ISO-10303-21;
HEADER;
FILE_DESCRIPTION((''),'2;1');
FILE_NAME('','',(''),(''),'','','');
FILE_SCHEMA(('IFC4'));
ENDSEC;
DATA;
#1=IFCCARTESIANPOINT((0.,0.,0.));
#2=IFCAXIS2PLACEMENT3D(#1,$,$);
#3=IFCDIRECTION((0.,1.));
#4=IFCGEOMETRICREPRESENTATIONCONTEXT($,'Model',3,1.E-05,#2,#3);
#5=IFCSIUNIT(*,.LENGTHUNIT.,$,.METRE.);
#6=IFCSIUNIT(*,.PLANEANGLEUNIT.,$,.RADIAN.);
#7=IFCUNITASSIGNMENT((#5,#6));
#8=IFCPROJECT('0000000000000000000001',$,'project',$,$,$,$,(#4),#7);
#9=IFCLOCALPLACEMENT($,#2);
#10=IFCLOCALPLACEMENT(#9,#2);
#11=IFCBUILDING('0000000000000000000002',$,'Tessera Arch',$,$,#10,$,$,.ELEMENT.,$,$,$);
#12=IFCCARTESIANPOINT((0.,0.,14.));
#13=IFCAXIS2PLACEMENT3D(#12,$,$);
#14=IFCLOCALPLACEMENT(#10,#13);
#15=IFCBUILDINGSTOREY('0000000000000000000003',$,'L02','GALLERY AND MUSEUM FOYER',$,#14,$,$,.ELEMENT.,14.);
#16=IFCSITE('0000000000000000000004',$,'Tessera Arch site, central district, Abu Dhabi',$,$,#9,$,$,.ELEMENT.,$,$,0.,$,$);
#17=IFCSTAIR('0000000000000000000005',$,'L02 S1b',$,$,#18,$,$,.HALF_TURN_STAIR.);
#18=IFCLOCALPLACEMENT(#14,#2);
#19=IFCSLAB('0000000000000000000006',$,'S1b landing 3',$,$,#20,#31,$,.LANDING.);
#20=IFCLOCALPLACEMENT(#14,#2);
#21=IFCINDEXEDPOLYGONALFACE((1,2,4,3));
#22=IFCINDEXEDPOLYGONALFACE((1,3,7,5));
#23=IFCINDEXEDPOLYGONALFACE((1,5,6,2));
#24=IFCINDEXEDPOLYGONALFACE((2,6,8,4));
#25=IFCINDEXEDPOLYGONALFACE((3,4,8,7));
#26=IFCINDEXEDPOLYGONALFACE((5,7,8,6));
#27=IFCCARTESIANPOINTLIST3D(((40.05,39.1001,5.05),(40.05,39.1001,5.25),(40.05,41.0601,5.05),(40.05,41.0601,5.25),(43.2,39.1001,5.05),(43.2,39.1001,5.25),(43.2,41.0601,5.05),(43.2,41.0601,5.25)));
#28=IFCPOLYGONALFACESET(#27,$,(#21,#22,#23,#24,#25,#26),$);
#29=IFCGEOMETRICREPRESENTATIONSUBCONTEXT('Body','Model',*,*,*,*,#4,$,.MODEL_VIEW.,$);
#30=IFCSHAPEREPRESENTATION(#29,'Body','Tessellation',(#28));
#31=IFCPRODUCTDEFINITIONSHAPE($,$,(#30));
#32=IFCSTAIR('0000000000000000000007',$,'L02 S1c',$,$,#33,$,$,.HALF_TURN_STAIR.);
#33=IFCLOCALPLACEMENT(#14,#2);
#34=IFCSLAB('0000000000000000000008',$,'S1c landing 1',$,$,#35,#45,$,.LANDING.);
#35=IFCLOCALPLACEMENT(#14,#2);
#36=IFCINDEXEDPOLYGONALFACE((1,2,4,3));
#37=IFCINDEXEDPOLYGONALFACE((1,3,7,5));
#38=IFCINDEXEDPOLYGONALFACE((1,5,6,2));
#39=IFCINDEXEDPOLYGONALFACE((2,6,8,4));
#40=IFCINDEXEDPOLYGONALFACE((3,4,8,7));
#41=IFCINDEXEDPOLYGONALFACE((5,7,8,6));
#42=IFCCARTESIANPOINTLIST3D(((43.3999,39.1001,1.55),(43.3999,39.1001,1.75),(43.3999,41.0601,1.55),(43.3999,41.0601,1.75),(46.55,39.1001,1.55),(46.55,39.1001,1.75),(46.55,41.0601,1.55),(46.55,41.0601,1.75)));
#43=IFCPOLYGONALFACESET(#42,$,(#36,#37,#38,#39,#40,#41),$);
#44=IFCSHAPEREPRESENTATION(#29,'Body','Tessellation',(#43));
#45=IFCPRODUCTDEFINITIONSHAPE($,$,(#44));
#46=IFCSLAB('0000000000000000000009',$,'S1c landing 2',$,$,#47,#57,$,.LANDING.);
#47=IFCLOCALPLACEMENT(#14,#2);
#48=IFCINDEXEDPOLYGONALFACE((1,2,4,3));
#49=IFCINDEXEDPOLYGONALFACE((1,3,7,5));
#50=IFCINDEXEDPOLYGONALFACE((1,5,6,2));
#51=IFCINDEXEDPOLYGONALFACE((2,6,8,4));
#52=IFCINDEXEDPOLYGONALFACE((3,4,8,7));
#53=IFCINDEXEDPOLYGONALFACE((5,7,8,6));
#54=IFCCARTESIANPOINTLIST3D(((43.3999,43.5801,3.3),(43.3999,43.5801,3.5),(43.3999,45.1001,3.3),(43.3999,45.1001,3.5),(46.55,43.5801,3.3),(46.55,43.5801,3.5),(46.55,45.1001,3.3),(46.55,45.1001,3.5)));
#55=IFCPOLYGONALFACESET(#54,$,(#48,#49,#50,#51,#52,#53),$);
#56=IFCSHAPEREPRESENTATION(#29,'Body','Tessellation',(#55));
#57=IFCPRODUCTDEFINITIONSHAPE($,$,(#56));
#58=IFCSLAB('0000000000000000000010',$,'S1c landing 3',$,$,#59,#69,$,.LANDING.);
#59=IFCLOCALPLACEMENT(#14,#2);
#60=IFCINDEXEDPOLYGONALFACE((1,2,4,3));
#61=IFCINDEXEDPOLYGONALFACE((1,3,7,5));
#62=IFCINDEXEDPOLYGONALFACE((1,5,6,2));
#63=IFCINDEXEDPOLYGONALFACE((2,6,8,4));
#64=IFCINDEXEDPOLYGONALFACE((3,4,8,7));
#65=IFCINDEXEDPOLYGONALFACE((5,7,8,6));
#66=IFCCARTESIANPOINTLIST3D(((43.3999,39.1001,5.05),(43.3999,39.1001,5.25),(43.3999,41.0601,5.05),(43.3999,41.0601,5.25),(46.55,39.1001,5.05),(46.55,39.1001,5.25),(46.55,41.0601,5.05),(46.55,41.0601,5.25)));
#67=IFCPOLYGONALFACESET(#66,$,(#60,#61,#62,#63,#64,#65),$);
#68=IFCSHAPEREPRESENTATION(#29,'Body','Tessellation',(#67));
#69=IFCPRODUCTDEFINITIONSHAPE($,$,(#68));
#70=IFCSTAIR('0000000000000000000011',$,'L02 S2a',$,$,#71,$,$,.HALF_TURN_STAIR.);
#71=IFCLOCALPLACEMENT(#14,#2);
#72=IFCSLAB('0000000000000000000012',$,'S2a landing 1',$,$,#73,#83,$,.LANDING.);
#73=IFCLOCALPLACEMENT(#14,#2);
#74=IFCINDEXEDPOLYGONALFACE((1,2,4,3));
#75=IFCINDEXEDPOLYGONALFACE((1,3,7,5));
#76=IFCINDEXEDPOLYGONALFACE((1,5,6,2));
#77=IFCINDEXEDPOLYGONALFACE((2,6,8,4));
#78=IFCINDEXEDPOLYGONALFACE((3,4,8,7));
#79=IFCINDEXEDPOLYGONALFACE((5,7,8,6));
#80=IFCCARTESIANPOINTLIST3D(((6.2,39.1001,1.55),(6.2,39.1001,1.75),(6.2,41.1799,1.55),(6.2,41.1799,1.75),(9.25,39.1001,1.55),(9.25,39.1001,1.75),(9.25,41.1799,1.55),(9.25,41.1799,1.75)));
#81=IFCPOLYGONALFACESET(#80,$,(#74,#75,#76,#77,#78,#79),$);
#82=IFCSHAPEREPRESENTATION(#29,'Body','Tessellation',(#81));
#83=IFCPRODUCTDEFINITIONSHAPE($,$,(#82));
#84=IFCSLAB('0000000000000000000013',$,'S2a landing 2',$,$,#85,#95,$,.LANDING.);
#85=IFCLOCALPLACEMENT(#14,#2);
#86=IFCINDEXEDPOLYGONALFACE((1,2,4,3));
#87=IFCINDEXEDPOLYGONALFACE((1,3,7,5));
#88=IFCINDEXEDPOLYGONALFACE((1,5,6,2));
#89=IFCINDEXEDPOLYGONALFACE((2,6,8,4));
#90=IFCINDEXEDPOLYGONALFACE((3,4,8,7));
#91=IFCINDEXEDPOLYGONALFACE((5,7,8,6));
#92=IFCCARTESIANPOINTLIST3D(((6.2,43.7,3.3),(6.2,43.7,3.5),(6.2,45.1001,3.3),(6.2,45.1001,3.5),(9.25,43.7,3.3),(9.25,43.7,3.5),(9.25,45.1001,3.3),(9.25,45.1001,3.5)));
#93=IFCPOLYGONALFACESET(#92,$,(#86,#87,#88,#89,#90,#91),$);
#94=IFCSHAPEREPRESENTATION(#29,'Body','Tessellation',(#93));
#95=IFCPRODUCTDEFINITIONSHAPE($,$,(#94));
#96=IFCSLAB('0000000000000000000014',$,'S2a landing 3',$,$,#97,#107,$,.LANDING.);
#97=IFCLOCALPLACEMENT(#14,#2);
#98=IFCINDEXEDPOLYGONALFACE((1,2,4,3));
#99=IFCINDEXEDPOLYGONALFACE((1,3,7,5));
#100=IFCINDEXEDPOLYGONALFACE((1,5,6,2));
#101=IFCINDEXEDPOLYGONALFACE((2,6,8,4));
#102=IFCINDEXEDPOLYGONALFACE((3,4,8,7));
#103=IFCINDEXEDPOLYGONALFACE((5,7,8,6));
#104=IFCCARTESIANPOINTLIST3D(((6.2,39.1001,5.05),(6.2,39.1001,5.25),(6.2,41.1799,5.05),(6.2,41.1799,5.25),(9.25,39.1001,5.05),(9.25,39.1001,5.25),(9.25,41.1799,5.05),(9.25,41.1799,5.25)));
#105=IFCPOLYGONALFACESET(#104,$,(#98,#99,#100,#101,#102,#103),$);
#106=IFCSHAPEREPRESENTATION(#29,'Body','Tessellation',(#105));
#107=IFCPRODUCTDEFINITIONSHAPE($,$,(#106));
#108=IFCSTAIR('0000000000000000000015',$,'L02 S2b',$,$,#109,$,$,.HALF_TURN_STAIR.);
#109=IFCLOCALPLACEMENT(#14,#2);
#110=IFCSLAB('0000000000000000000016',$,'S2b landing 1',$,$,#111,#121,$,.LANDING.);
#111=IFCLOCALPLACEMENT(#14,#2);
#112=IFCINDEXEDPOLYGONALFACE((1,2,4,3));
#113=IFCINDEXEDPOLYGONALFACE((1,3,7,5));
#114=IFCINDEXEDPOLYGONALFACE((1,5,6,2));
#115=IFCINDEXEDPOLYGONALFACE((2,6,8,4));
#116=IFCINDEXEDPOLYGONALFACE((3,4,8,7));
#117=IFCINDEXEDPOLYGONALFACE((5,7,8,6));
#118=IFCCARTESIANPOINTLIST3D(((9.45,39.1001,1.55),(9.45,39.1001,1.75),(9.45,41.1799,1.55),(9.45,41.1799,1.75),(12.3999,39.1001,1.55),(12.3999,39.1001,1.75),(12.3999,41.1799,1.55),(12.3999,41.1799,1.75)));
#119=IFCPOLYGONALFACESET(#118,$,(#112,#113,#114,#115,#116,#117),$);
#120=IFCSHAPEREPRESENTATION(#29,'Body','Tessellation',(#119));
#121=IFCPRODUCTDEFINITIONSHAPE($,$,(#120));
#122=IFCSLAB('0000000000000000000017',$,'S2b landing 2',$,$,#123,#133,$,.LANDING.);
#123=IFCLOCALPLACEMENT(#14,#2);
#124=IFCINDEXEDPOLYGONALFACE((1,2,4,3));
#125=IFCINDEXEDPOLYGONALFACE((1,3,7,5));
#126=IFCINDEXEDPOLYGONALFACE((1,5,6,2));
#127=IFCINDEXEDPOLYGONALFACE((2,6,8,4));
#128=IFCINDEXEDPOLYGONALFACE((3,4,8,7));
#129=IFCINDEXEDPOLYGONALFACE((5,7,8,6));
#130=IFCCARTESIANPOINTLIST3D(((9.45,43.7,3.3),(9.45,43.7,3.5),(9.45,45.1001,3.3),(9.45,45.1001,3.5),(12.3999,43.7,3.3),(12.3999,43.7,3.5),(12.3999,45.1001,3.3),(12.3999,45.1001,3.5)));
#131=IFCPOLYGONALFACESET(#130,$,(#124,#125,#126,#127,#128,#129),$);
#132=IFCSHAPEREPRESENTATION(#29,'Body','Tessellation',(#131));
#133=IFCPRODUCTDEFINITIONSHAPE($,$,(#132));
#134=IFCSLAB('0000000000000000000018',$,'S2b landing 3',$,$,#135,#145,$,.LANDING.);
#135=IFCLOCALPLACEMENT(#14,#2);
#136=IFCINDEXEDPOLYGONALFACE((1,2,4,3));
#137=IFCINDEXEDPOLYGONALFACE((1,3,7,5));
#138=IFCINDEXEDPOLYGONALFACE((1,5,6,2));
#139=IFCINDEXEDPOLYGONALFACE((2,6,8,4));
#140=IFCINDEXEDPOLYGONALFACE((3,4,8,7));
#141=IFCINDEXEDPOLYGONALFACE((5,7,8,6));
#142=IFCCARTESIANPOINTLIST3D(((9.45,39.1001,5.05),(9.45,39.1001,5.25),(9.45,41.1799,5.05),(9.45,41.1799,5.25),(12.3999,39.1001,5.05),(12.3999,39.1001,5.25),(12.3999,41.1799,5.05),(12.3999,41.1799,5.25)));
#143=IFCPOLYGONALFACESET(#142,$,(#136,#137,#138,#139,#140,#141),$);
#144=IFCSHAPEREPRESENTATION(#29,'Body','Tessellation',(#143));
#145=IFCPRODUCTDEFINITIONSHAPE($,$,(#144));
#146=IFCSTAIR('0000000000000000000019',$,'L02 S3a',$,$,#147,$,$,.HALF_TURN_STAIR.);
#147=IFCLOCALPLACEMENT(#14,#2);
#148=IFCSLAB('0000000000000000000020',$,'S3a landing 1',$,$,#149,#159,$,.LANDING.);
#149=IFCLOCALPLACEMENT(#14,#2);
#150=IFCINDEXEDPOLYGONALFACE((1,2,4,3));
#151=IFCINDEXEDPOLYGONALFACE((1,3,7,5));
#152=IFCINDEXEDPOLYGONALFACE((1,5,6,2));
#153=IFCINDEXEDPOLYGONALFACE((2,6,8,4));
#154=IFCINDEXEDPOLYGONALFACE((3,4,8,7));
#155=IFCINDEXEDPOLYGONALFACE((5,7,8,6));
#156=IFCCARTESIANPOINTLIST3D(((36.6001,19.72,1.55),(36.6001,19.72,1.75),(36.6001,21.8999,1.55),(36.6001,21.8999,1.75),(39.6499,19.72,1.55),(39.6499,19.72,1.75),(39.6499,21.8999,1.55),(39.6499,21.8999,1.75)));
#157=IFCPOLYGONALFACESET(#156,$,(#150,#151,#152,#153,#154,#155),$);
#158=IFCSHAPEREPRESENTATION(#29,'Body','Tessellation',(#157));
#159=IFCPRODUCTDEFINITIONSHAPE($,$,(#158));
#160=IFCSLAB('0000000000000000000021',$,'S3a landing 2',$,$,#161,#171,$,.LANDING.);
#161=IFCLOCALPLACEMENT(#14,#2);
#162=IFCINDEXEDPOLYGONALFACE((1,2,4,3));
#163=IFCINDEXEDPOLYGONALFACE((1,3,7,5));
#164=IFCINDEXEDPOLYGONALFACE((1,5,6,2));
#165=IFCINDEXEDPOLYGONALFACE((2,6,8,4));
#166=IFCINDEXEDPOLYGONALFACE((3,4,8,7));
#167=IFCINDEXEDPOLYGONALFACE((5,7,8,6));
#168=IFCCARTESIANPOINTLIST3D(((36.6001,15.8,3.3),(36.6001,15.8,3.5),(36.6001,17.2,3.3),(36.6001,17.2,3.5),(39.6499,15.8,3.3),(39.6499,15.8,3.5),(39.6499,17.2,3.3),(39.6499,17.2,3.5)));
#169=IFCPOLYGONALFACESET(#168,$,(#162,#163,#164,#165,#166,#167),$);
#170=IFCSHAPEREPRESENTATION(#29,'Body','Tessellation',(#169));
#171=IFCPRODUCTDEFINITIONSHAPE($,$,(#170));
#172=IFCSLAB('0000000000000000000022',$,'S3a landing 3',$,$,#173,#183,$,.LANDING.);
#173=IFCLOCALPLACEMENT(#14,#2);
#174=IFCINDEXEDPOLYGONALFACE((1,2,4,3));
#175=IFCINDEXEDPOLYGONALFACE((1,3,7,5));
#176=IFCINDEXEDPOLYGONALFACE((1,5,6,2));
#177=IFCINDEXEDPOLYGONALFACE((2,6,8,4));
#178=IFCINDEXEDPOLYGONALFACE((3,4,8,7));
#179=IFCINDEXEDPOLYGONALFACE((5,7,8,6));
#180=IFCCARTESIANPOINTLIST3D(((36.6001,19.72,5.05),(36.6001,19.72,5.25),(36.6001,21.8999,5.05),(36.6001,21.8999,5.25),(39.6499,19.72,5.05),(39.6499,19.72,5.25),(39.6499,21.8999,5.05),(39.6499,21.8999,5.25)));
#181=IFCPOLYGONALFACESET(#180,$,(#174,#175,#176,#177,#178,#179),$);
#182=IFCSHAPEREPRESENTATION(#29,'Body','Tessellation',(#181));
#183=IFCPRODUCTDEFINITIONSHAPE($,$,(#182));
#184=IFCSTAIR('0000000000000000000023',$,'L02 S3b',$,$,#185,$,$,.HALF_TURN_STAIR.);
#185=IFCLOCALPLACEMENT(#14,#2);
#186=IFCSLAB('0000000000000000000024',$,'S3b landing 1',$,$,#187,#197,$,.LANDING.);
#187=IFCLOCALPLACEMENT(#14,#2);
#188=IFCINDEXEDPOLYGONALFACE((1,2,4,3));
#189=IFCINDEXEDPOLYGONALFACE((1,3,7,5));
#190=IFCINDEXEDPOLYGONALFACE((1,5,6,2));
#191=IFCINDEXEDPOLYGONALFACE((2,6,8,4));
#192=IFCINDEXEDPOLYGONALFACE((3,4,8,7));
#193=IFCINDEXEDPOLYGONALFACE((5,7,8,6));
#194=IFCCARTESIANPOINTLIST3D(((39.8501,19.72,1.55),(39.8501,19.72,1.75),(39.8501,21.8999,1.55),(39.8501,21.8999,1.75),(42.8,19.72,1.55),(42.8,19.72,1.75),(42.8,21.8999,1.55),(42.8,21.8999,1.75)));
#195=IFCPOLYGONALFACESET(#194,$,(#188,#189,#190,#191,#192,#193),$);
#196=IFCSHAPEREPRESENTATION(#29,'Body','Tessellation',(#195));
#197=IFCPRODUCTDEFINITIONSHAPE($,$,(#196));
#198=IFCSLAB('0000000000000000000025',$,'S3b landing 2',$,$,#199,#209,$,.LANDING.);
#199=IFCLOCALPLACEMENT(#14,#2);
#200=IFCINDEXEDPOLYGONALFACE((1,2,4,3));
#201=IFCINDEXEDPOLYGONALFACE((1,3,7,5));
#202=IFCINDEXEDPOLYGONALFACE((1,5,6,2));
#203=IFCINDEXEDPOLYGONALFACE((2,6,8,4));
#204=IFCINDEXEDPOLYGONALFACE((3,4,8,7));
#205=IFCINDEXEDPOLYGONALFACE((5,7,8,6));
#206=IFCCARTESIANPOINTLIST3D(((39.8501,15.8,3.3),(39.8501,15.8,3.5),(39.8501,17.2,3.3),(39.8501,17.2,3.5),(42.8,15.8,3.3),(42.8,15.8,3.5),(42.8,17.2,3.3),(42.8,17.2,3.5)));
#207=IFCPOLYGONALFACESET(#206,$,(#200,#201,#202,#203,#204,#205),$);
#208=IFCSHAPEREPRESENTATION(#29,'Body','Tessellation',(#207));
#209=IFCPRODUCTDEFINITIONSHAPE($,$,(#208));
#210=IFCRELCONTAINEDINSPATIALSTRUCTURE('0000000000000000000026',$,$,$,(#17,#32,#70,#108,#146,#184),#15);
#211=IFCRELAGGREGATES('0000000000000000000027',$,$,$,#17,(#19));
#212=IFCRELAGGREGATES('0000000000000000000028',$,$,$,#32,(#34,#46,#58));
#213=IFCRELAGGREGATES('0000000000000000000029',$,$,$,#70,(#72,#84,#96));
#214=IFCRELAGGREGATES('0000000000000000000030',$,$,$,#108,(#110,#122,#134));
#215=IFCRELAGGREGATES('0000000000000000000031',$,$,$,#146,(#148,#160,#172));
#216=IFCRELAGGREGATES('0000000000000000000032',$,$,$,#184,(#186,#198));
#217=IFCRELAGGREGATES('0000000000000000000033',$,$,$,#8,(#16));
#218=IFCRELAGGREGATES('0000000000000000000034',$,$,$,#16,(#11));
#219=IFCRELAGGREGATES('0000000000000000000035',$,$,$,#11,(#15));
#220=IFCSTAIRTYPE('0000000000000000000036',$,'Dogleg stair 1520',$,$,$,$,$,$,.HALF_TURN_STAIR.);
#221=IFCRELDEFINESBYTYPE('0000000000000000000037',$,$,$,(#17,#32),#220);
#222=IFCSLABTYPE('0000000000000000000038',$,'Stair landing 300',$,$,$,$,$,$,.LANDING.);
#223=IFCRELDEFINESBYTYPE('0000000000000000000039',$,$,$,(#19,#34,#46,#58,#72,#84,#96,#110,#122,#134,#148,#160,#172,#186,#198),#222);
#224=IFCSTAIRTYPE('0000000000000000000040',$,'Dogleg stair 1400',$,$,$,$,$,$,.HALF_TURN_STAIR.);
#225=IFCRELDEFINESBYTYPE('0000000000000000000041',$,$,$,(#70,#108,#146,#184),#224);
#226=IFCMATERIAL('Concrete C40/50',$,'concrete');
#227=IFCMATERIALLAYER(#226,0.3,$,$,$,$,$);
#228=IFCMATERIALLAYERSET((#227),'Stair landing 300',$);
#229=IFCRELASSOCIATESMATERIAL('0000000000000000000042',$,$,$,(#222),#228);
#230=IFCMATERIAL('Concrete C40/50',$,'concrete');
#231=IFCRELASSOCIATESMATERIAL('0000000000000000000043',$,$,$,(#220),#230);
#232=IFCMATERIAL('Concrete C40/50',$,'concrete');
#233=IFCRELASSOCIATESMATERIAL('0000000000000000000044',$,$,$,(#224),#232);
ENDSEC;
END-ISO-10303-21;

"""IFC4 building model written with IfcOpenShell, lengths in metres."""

from ifc_helpers import new_model, si_unit, direction, frame, origin, place, context, subcontext, project, spatial, polyline, outline, extrude, material, layer, layer_set, type_object, element, aggregate, save


model = new_model("IFC4")

# Units and contexts
model_context = context("Model", 3, precision=1e-05, world=origin(), true_north=direction((0.0, 1.0)))
body_context = subcontext(model_context, "Body", "Model", "MODEL_VIEW")
ifc_project = project(units=[si_unit("LENGTHUNIT", "METRE"), si_unit("PLANEANGLEUNIT", "RADIAN")], contexts=[model_context])

# Site, building, storey
site_placement = place(None, origin())
site = spatial("IfcSite", under=ifc_project, at=site_placement, Name="Tessera Arch site, central district, Abu Dhabi", CompositionType="ELEMENT", RefElevation=0.0)
building_placement = place(site_placement, origin())
building = spatial("IfcBuilding", under=site, at=building_placement, Name="Tessera Arch", CompositionType="ELEMENT")
storey_placement = place(building_placement, frame((0.0, 0.0, 14.0)))
storey = spatial("IfcBuildingStorey", under=building, at=storey_placement, Name="L02", Description="GALLERY AND MUSEUM FOYER", CompositionType="ELEMENT", Elevation=14.0)

# Shared definitions
ifc_material_1 = material(Name="Concrete C40/50", Category="concrete")
ifc_layer = layer(ifc_material_1, 0.3)
ifc_layer_set = layer_set([ifc_layer], Name="Stair landing 300")
slab_type = type_object("IfcSlabType", Name="Stair landing 300", PredefinedType="LANDING", material=ifc_layer_set)

# Stairs, slabs
ifc_material_2 = material(Name="Concrete C40/50", Category="concrete")
stair_type_1 = type_object("IfcStairType", Name="Dogleg stair 1520", PredefinedType="HALF_TURN_STAIR", material=ifc_material_2)
stair_1_placement = place(storey_placement, origin())
stair_1 = element("IfcStair", 1, at=stair_1_placement, inside=storey, type_object=stair_type_1, Name="L02 S1b", PredefinedType="HALF_TURN_STAIR")
slab_1_placement = place(storey_placement, frame((0.0, 0.0, 5.05)))
slab_1 = element("IfcSlab", 2, at=slab_1_placement, type_object=slab_type, Name="S1b landing 3", PredefinedType="LANDING", context=body_context, shape_type="SweptSolid", body=[
    extrude(outline(polyline([(40.05, 41.0601), (40.05, 39.1001), (43.2, 39.1001), (43.2, 41.0601), (40.05, 41.0601)])), origin(), (0.0, 0.0, 1.0), 0.2),
])
aggregate(stair_1, [slab_1])
stair_2_placement = place(storey_placement, origin())
stair_2 = element("IfcStair", 3, at=stair_2_placement, inside=storey, type_object=stair_type_1, Name="L02 S1c", PredefinedType="HALF_TURN_STAIR")
slab_2_placement = place(storey_placement, frame((0.0, 0.0, 1.55)))
slab_2 = element("IfcSlab", 4, at=slab_2_placement, type_object=slab_type, Name="S1c landing 1", PredefinedType="LANDING", context=body_context, shape_type="SweptSolid", body=[
    extrude(outline(polyline([(43.3999, 41.0601), (43.3999, 39.1001), (46.55, 39.1001), (46.55, 41.0601), (43.3999, 41.0601)])), origin(), (0.0, 0.0, 1.0), 0.2),
])
slab_3_placement = place(storey_placement, frame((0.0, 0.0, 3.3)))
slab_3 = element("IfcSlab", 5, at=slab_3_placement, type_object=slab_type, Name="S1c landing 2", PredefinedType="LANDING", context=body_context, shape_type="SweptSolid", body=[
    extrude(outline(polyline([(43.3999, 45.1001), (43.3999, 43.5801), (46.55, 43.5801), (46.55, 45.1001), (43.3999, 45.1001)])), origin(), (0.0, 0.0, 1.0), 0.2),
])
slab_4_placement = place(storey_placement, frame((0.0, 0.0, 5.05)))
slab_4 = element("IfcSlab", 6, at=slab_4_placement, type_object=slab_type, Name="S1c landing 3", PredefinedType="LANDING", context=body_context, shape_type="SweptSolid", body=[
    extrude(outline(polyline([(43.3999, 41.0601), (43.3999, 39.1001), (46.55, 39.1001), (46.55, 41.0601), (43.3999, 41.0601)])), origin(), (0.0, 0.0, 1.0), 0.2),
])
aggregate(stair_2, [slab_2, slab_3, slab_4])
ifc_material_3 = material(Name="Concrete C40/50", Category="concrete")
stair_type_2 = type_object("IfcStairType", Name="Dogleg stair 1400", PredefinedType="HALF_TURN_STAIR", material=ifc_material_3)
stair_3_placement = place(storey_placement, origin())
stair_3 = element("IfcStair", 7, at=stair_3_placement, inside=storey, type_object=stair_type_2, Name="L02 S2a", PredefinedType="HALF_TURN_STAIR")
slab_5_placement = place(storey_placement, frame((0.0, 0.0, 1.55)))
slab_5 = element("IfcSlab", 8, at=slab_5_placement, type_object=slab_type, Name="S2a landing 1", PredefinedType="LANDING", context=body_context, shape_type="SweptSolid", body=[
    extrude(outline(polyline([(6.2, 41.1799), (6.2, 39.1001), (9.25, 39.1001), (9.25, 41.1799), (6.2, 41.1799)])), origin(), (0.0, 0.0, 1.0), 0.2),
])
slab_6_placement = place(storey_placement, frame((0.0, 0.0, 3.3)))
slab_6 = element("IfcSlab", 9, at=slab_6_placement, type_object=slab_type, Name="S2a landing 2", PredefinedType="LANDING", context=body_context, shape_type="SweptSolid", body=[
    extrude(outline(polyline([(6.2, 45.1001), (6.2, 43.7), (9.25, 43.7), (9.25, 45.1001), (6.2, 45.1001)])), origin(), (0.0, 0.0, 1.0), 0.2),
])
slab_7_placement = place(storey_placement, frame((0.0, 0.0, 5.05)))
slab_7 = element("IfcSlab", 10, at=slab_7_placement, type_object=slab_type, Name="S2a landing 3", PredefinedType="LANDING", context=body_context, shape_type="SweptSolid", body=[
    extrude(outline(polyline([(6.2, 41.1799), (6.2, 39.1001), (9.25, 39.1001), (9.25, 41.1799), (6.2, 41.1799)])), origin(), (0.0, 0.0, 1.0), 0.2),
])
aggregate(stair_3, [slab_5, slab_6, slab_7])
stair_4_placement = place(storey_placement, origin())
stair_4 = element("IfcStair", 11, at=stair_4_placement, inside=storey, type_object=stair_type_2, Name="L02 S2b", PredefinedType="HALF_TURN_STAIR")
slab_8_placement = place(storey_placement, frame((0.0, 0.0, 1.55)))
slab_8 = element("IfcSlab", 12, at=slab_8_placement, type_object=slab_type, Name="S2b landing 1", PredefinedType="LANDING", context=body_context, shape_type="SweptSolid", body=[
    extrude(outline(polyline([(9.45, 41.1799), (9.45, 39.1001), (12.3999, 39.1001), (12.3999, 41.1799), (9.45, 41.1799)])), origin(), (0.0, 0.0, 1.0), 0.2),
])
slab_9_placement = place(storey_placement, frame((0.0, 0.0, 3.3)))
slab_9 = element("IfcSlab", 13, at=slab_9_placement, type_object=slab_type, Name="S2b landing 2", PredefinedType="LANDING", context=body_context, shape_type="SweptSolid", body=[
    extrude(outline(polyline([(9.45, 45.1001), (9.45, 43.7), (12.3999, 43.7), (12.3999, 45.1001), (9.45, 45.1001)])), origin(), (0.0, 0.0, 1.0), 0.2),
])
slab_10_placement = place(storey_placement, frame((0.0, 0.0, 5.05)))
slab_10 = element("IfcSlab", 14, at=slab_10_placement, type_object=slab_type, Name="S2b landing 3", PredefinedType="LANDING", context=body_context, shape_type="SweptSolid", body=[
    extrude(outline(polyline([(9.45, 41.1799), (9.45, 39.1001), (12.3999, 39.1001), (12.3999, 41.1799), (9.45, 41.1799)])), origin(), (0.0, 0.0, 1.0), 0.2),
])
aggregate(stair_4, [slab_8, slab_9, slab_10])
stair_5_placement = place(storey_placement, origin())
stair_5 = element("IfcStair", 15, at=stair_5_placement, inside=storey, type_object=stair_type_2, Name="L02 S3a", PredefinedType="HALF_TURN_STAIR")
slab_11_placement = place(storey_placement, frame((0.0, 0.0, 1.55)))
slab_11 = element("IfcSlab", 16, at=slab_11_placement, type_object=slab_type, Name="S3a landing 1", PredefinedType="LANDING", context=body_context, shape_type="SweptSolid", body=[
    extrude(outline(polyline([(39.6499, 19.72), (39.6499, 21.8999), (36.6001, 21.8999), (36.6001, 19.72), (39.6499, 19.72)])), origin(), (0.0, 0.0, 1.0), 0.2),
])
slab_12_placement = place(storey_placement, frame((0.0, 0.0, 3.3)))
slab_12 = element("IfcSlab", 17, at=slab_12_placement, type_object=slab_type, Name="S3a landing 2", PredefinedType="LANDING", context=body_context, shape_type="SweptSolid", body=[
    extrude(outline(polyline([(39.6499, 15.8), (39.6499, 17.2), (36.6001, 17.2), (36.6001, 15.8), (39.6499, 15.8)])), origin(), (0.0, 0.0, 1.0), 0.2),
])
slab_13_placement = place(storey_placement, frame((0.0, 0.0, 5.05)))
slab_13 = element("IfcSlab", 18, at=slab_13_placement, type_object=slab_type, Name="S3a landing 3", PredefinedType="LANDING", context=body_context, shape_type="SweptSolid", body=[
    extrude(outline(polyline([(39.6499, 19.72), (39.6499, 21.8999), (36.6001, 21.8999), (36.6001, 19.72), (39.6499, 19.72)])), origin(), (0.0, 0.0, 1.0), 0.2),
])
aggregate(stair_5, [slab_11, slab_12, slab_13])
stair_6_placement = place(storey_placement, origin())
stair_6 = element("IfcStair", 19, at=stair_6_placement, inside=storey, type_object=stair_type_2, Name="L02 S3b", PredefinedType="HALF_TURN_STAIR")
slab_14_placement = place(storey_placement, frame((0.0, 0.0, 1.55)))
slab_14 = element("IfcSlab", 20, at=slab_14_placement, type_object=slab_type, Name="S3b landing 1", PredefinedType="LANDING", context=body_context, shape_type="SweptSolid", body=[
    extrude(outline(polyline([(42.8, 19.72), (42.8, 21.8999), (39.8501, 21.8999), (39.8501, 19.72), (42.8, 19.72)])), origin(), (0.0, 0.0, 1.0), 0.2),
])
slab_15_placement = place(storey_placement, frame((0.0, 0.0, 3.3)))
slab_15 = element("IfcSlab", 21, at=slab_15_placement, type_object=slab_type, Name="S3b landing 2", PredefinedType="LANDING", context=body_context, shape_type="SweptSolid", body=[
    extrude(outline(polyline([(42.8, 15.8), (42.8, 17.2), (39.8501, 17.2), (39.8501, 15.8), (42.8, 15.8)])), origin(), (0.0, 0.0, 1.0), 0.2),
])
aggregate(stair_6, [slab_14, slab_15])

save(model, "model.ifc")
